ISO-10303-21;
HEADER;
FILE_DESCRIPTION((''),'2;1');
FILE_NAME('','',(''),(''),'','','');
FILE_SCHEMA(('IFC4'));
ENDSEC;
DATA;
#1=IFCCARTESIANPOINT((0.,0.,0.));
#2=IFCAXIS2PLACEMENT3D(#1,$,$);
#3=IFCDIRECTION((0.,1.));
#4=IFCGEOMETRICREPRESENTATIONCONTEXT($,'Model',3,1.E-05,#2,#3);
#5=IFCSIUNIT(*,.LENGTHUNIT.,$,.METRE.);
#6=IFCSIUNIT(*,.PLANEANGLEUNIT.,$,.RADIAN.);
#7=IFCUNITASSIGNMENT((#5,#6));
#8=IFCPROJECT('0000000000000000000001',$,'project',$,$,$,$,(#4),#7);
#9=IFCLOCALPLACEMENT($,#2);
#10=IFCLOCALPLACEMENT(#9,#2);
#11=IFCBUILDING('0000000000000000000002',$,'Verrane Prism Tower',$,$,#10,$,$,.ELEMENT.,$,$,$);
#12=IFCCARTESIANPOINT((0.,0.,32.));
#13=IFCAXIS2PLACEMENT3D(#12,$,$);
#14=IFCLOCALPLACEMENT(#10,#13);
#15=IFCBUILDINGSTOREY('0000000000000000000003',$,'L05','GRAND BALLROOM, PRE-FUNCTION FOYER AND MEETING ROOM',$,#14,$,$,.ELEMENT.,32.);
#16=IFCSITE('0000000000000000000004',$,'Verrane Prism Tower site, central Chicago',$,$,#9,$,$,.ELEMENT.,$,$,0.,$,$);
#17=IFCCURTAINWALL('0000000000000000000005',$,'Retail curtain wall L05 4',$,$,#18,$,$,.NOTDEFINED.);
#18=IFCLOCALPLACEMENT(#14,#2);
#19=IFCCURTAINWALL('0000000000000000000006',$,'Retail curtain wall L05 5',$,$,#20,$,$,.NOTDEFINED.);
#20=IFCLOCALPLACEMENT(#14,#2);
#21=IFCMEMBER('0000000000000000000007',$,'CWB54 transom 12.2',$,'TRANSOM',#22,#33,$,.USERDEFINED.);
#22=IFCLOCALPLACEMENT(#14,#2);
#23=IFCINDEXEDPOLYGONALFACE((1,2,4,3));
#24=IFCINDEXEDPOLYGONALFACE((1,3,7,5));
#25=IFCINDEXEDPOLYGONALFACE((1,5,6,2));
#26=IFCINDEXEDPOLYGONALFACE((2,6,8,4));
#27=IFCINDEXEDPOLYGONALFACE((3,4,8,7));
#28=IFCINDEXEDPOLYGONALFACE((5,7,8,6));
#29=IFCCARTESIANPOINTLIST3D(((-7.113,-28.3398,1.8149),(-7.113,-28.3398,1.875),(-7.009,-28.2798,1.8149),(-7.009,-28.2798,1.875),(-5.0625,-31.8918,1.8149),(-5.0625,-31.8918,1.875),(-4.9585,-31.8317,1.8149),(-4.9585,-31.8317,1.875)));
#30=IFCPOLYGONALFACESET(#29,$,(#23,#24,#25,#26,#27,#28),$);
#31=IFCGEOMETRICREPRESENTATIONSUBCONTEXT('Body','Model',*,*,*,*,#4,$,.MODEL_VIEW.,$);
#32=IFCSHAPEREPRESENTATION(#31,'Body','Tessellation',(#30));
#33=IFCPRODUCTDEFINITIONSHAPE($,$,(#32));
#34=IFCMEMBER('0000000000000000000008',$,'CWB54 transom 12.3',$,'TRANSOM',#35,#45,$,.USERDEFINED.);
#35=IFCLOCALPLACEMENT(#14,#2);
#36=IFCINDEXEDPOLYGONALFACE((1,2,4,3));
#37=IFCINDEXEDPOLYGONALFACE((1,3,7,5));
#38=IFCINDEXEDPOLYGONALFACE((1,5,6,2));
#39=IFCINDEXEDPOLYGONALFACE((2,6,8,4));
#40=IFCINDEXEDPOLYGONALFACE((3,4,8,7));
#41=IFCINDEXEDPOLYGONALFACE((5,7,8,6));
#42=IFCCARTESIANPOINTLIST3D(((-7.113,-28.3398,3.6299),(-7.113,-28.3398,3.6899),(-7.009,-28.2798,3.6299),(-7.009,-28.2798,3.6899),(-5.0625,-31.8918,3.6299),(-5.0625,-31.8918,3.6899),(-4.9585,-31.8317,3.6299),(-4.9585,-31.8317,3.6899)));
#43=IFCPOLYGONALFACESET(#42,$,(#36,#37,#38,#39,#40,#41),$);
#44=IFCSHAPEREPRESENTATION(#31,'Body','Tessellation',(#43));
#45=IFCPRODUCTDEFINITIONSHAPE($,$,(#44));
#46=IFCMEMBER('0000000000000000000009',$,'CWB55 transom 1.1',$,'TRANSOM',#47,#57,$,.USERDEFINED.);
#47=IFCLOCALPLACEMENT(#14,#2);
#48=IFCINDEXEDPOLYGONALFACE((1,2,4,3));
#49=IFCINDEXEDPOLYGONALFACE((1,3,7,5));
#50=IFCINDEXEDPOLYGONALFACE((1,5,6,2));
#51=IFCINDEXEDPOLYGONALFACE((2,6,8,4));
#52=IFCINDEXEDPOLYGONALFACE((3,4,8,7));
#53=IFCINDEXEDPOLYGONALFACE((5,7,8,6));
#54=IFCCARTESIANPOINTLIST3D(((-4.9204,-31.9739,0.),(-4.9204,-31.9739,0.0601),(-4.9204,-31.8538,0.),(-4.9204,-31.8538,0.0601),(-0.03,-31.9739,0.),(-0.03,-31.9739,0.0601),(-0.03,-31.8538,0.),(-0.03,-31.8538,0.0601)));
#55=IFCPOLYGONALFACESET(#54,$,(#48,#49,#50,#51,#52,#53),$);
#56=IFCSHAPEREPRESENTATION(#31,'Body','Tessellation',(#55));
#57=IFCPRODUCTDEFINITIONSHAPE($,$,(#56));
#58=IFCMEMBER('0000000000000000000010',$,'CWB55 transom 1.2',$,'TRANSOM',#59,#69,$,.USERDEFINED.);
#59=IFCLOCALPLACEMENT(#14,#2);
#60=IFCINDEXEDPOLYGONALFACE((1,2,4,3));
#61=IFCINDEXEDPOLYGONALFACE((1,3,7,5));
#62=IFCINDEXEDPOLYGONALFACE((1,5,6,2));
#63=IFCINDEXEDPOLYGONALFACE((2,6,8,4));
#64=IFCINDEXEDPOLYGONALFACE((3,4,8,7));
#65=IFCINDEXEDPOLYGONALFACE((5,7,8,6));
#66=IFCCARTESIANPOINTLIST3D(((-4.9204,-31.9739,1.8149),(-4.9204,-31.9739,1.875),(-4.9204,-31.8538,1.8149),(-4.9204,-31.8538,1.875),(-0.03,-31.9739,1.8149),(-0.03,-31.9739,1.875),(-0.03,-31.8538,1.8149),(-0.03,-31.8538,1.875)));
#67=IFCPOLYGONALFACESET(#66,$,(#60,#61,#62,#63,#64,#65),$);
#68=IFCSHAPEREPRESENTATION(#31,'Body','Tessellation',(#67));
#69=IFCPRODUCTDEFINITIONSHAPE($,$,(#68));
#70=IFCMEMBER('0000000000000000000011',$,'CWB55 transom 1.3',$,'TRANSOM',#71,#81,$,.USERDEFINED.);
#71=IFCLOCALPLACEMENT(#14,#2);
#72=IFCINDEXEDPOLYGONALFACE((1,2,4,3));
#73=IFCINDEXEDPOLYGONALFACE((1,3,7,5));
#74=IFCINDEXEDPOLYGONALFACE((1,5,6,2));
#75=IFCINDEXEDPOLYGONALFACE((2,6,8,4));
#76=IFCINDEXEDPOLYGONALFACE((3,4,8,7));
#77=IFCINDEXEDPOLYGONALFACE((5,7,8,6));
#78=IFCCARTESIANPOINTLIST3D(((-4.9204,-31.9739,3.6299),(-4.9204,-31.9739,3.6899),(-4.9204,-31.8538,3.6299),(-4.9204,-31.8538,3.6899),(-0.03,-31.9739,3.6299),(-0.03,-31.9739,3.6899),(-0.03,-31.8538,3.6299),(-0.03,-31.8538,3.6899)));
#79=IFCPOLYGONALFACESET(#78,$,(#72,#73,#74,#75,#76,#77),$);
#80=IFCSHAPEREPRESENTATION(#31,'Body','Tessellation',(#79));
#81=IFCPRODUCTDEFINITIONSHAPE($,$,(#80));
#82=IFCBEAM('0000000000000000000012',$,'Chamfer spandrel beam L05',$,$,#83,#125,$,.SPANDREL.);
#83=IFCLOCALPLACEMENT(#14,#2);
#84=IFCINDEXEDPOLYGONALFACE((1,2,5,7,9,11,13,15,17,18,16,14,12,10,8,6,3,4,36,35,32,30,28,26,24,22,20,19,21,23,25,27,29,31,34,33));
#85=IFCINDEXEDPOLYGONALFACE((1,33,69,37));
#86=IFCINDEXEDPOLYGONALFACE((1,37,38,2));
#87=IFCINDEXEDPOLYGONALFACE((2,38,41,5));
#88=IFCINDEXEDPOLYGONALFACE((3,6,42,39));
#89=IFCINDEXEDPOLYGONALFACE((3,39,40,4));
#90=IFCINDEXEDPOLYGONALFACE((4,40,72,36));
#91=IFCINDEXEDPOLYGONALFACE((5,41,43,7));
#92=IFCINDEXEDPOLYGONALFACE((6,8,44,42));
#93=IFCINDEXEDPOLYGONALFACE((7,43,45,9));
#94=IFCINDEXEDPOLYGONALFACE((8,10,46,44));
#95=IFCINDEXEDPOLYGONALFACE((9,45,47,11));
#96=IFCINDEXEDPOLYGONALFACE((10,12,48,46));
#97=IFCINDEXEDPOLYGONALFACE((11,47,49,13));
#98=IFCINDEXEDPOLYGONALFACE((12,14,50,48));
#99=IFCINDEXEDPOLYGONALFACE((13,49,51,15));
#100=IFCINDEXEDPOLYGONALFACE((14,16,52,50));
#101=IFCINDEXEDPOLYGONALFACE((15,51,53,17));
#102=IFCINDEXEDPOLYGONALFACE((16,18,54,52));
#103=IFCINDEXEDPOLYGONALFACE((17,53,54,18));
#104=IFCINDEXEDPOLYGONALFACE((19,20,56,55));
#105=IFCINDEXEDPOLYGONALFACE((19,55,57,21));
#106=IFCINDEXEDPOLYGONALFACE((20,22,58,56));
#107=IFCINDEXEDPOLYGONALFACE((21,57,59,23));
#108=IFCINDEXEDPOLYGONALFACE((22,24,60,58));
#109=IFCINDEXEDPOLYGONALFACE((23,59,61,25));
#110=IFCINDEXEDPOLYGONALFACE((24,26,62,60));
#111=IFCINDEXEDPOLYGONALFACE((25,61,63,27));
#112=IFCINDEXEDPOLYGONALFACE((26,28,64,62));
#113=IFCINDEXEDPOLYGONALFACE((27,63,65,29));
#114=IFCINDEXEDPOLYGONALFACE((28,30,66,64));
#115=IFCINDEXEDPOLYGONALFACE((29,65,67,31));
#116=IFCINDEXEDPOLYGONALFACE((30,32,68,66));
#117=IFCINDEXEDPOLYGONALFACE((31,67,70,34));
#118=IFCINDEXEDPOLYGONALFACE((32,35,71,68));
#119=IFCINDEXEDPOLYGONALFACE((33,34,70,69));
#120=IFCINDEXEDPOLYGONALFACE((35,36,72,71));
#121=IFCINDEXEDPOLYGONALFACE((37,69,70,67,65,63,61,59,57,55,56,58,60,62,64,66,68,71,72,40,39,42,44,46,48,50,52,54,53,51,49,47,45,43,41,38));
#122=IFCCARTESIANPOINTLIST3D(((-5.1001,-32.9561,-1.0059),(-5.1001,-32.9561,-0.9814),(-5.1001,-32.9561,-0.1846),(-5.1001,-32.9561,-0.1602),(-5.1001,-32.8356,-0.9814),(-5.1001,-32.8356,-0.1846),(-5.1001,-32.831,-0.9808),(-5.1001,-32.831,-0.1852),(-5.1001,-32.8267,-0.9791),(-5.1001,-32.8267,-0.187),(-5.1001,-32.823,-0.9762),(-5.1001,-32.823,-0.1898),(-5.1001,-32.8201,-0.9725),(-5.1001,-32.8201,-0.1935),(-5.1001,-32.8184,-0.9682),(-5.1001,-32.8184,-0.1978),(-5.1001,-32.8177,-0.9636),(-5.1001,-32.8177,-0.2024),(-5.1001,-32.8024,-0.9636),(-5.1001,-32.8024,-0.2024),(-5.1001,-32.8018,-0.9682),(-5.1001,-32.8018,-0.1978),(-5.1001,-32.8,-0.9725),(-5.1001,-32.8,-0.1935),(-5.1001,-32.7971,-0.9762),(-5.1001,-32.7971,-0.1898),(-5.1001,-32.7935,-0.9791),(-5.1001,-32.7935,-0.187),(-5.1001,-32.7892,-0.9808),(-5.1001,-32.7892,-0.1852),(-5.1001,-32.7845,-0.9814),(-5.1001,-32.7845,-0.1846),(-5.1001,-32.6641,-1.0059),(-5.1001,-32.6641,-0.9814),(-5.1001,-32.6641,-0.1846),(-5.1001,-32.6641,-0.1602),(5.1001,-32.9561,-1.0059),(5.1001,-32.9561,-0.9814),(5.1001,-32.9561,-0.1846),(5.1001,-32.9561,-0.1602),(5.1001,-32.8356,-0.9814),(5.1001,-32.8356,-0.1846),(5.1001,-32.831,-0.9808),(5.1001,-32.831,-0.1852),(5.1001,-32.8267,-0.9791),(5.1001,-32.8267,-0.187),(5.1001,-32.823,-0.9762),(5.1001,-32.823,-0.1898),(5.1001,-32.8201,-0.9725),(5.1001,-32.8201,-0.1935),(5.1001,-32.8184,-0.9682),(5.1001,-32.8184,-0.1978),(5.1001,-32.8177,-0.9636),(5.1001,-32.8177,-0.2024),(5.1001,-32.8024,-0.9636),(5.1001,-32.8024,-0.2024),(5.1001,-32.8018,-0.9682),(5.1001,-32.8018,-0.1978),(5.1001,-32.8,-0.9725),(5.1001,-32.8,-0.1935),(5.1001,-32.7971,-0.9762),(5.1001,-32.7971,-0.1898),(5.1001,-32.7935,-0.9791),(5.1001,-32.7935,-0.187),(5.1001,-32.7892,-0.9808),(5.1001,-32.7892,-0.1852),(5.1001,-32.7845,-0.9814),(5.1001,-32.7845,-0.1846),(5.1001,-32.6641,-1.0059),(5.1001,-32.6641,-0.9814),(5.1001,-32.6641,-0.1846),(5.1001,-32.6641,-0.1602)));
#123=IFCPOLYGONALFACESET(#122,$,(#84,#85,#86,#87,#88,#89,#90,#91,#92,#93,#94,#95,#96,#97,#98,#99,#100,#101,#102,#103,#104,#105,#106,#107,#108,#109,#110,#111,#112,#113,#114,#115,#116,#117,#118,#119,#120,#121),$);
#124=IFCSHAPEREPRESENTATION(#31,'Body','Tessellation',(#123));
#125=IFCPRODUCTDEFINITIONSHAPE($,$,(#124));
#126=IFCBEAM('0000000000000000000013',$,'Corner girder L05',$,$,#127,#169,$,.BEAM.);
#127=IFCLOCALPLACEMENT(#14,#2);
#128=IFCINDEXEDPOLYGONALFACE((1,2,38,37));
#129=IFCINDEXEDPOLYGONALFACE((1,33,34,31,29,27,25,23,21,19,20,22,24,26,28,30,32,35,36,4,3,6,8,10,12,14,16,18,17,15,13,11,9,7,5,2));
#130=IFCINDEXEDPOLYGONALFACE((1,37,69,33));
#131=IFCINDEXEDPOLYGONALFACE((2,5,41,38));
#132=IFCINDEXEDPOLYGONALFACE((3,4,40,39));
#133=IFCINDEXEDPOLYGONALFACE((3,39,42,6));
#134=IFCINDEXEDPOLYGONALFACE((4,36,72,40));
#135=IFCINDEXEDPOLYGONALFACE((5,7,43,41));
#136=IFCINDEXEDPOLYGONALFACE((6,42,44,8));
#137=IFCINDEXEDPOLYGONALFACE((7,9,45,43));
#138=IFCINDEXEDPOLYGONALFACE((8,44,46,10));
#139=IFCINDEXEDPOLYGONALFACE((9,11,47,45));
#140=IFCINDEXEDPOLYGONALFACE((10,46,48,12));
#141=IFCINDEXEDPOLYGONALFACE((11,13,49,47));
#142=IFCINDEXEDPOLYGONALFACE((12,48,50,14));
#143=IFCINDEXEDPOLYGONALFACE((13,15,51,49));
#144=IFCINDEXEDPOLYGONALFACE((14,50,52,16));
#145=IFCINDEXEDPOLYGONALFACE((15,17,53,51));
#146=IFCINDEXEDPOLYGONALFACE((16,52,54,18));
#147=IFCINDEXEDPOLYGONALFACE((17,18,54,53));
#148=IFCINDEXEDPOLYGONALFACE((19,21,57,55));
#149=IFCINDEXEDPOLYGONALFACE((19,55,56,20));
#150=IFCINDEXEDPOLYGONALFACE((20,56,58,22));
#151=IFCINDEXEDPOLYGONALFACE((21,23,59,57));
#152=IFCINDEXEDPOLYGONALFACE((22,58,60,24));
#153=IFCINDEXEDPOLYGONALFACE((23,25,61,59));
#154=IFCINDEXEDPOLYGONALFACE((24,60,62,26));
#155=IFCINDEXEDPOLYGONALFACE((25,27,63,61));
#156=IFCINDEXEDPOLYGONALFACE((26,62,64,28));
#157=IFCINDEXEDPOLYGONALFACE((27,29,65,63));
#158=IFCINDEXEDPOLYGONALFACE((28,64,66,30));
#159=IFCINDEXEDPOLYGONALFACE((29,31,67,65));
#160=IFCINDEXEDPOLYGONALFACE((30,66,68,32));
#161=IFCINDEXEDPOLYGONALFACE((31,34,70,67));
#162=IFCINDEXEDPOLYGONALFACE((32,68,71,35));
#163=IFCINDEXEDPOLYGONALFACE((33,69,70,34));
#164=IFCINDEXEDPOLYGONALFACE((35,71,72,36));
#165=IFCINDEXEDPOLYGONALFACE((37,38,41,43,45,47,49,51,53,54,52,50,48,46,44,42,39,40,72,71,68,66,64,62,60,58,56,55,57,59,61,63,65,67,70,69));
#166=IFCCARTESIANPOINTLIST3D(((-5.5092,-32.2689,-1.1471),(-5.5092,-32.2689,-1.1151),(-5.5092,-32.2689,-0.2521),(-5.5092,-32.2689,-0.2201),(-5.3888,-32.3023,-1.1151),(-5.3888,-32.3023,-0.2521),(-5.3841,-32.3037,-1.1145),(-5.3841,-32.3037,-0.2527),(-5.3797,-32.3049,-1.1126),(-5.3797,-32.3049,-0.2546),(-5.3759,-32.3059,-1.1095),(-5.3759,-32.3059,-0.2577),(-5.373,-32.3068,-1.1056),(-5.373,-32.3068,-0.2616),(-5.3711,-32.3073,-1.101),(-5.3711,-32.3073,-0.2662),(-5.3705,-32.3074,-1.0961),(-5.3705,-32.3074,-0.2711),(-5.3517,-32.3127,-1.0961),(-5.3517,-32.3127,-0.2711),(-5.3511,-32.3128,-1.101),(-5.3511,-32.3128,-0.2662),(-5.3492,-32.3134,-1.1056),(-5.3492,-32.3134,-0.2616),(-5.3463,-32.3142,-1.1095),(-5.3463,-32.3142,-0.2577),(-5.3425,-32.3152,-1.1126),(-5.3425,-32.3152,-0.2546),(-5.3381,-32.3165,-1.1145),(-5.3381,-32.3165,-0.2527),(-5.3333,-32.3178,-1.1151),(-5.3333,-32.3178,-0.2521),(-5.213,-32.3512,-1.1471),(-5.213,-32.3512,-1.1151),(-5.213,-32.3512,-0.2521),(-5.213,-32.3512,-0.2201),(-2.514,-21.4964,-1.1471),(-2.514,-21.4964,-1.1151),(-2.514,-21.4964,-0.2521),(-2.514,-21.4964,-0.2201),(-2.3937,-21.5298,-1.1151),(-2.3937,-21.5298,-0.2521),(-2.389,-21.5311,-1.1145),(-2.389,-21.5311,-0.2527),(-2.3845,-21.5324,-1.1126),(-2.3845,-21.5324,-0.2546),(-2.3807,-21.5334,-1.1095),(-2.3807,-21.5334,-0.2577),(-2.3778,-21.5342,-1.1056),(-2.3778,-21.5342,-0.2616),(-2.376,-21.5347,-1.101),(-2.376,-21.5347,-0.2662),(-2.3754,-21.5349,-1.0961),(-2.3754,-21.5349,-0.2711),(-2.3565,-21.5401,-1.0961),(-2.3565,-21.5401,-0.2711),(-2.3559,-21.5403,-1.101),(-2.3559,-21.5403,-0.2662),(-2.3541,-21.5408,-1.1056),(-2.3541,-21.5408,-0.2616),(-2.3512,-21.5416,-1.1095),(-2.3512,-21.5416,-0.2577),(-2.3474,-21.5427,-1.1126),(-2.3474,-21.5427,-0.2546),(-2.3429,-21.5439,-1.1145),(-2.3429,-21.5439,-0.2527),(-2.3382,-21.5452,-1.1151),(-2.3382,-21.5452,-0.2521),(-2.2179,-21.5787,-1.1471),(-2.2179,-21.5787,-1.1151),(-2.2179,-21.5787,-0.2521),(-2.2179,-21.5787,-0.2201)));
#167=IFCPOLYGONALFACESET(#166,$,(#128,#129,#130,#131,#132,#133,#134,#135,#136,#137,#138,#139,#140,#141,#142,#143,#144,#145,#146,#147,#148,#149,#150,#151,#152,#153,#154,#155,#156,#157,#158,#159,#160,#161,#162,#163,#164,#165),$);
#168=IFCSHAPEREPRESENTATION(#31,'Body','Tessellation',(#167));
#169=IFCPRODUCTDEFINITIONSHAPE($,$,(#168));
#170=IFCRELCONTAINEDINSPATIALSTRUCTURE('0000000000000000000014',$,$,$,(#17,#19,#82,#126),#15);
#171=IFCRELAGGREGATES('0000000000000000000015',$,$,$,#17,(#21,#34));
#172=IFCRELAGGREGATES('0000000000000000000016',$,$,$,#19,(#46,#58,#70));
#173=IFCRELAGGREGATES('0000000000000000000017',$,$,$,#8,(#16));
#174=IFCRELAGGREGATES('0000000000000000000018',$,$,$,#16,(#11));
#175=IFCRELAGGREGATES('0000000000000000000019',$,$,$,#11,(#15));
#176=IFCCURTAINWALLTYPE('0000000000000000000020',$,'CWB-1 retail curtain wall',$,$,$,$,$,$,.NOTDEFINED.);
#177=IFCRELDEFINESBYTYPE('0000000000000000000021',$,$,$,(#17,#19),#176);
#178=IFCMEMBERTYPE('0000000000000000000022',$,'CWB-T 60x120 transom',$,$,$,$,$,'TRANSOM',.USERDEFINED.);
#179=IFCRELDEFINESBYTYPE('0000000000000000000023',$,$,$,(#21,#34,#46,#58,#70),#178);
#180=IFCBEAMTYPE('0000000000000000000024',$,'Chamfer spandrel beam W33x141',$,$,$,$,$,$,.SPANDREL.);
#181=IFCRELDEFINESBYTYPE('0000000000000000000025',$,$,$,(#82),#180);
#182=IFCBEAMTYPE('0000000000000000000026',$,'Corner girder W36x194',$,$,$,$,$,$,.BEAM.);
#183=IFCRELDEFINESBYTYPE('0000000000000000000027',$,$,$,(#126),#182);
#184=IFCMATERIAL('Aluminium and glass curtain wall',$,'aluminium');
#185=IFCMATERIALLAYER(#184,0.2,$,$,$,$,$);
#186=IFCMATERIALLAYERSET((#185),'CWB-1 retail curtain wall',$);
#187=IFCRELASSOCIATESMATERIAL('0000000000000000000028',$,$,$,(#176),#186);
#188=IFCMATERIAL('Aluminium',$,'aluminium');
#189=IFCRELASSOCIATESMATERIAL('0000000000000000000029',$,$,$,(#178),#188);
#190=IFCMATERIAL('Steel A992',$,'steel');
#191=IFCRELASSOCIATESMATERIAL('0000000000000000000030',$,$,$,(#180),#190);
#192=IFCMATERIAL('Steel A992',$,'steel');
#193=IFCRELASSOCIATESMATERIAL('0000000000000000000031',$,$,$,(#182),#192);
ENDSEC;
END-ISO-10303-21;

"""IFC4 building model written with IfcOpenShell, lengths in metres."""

from ifc_helpers import new_model, si_unit, direction, frame, origin, origin_2d, place, context, subcontext, project, spatial, rectangle, i_section, extrude, material, layer, layer_set, material_profile, profile_set, type_object, element, aggregate, save


model = new_model("IFC4")

# Units and contexts
model_context = context("Model", 3, precision=1e-05, world=origin(), true_north=direction((0.0, 1.0)))
body_context = subcontext(model_context, "Body", "Model", "MODEL_VIEW")
ifc_project = project(units=[si_unit("LENGTHUNIT", "METRE"), si_unit("PLANEANGLEUNIT", "RADIAN")], contexts=[model_context])

# Site, building, storey
site_placement = place(None, origin())
site = spatial("IfcSite", under=ifc_project, at=site_placement, Name="Verrane Prism Tower site, central Chicago", CompositionType="ELEMENT", RefElevation=0.0)
building_placement = place(site_placement, origin())
building = spatial("IfcBuilding", under=site, at=building_placement, Name="Verrane Prism Tower", CompositionType="ELEMENT")
storey_placement = place(building_placement, frame((0.0, 0.0, 32.0)))
storey = spatial("IfcBuildingStorey", under=building, at=storey_placement, Name="L05", Description="GRAND BALLROOM, PRE-FUNCTION FOYER AND MEETING ROOM", CompositionType="ELEMENT", Elevation=32.0)

# Curtain walls
ifc_material_1 = material(Name="Aluminium and glass curtain wall", Category="aluminium")
ifc_layer_1 = layer(ifc_material_1, 0.2)
ifc_layer_set_1 = layer_set([ifc_layer_1], Name="CWB-1 retail curtain wall")
curtain_wall_type = type_object("IfcCurtainWallType", Name="CWB-1 retail curtain wall", PredefinedType="NOTDEFINED", material=ifc_layer_set_1)
curtain_wall_1_placement = place(storey_placement, origin())
curtain_wall_1 = element("IfcCurtainWall", 1, at=curtain_wall_1_placement, inside=storey, type_object=curtain_wall_type, Name="Retail curtain wall L05 4", PredefinedType="NOTDEFINED")
curtain_wall_2_placement = place(storey_placement, origin())
curtain_wall_2 = element("IfcCurtainWall", 2, at=curtain_wall_2_placement, inside=storey, type_object=curtain_wall_type, Name="Retail curtain wall L05 5", PredefinedType="NOTDEFINED")

# Members
ifc_material_2 = material(Name="Aluminium", Category="aluminium")
ifc_material_profile_1 = material_profile(ifc_material_2, rectangle(XDim=0.1201, YDim=0.0601, at=origin_2d()), Name="CWB-T 60x120 transom")
ifc_profile_set_1 = profile_set([ifc_material_profile_1], Name="Aluminium")
member_type_1 = type_object("IfcMemberType", Name="CWB-T 60x120 transom", ElementType="TRANSOM", PredefinedType="USERDEFINED", material=ifc_profile_set_1)
member_1_placement = place(storey_placement, frame((-7.061, -28.3098, 1.845), z_axis=(0.499961, -0.866048, 0.0), x_axis=(0.866048, 0.499961, 0.0)))
member_1 = element("IfcMember", 3, at=member_1_placement, type_object=member_type_1, Name="CWB54 transom 12.2", ObjectType="TRANSOM", PredefinedType="USERDEFINED", context=body_context, shape_type="SweptSolid", body=[
    extrude(rectangle(XDim=0.1201, YDim=0.0601, at=origin_2d()), origin(), (0.0, 0.0, 1.0), 4.1013),
])
member_2_placement = place(storey_placement, frame((-7.061, -28.3098, 3.6599), z_axis=(0.499961, -0.866048, 0.0), x_axis=(0.866048, 0.499961, 0.0)))
member_2 = element("IfcMember", 4, at=member_2_placement, type_object=member_type_1, Name="CWB54 transom 12.3", ObjectType="TRANSOM", PredefinedType="USERDEFINED", context=body_context, shape_type="SweptSolid", body=[
    extrude(rectangle(XDim=0.1201, YDim=0.0601, at=origin_2d()), origin(), (0.0, 0.0, 1.0), 4.1013),
])
member_3_placement = place(storey_placement, frame((-4.9204, -31.9138, 0.03), z_axis=(1.0, 0.0, 0.0), x_axis=(0.0, 1.0, 0.0)))
member_3 = element("IfcMember", 5, at=member_3_placement, type_object=member_type_1, Name="CWB55 transom 1.1", ObjectType="TRANSOM", PredefinedType="USERDEFINED", context=body_context, shape_type="SweptSolid", body=[
    extrude(rectangle(XDim=0.1201, YDim=0.0601, at=origin_2d()), origin(), (0.0, 0.0, 1.0), 4.8904),
])
member_4_placement = place(storey_placement, frame((-4.9204, -31.9138, 1.845), z_axis=(1.0, 0.0, 0.0), x_axis=(0.0, 1.0, 0.0)))
member_4 = element("IfcMember", 6, at=member_4_placement, type_object=member_type_1, Name="CWB55 transom 1.2", ObjectType="TRANSOM", PredefinedType="USERDEFINED", context=body_context, shape_type="SweptSolid", body=[
    extrude(rectangle(XDim=0.1201, YDim=0.0601, at=origin_2d()), origin(), (0.0, 0.0, 1.0), 4.8904),
])
member_5_placement = place(storey_placement, frame((-4.9204, -31.9138, 3.6599), z_axis=(1.0, 0.0, 0.0), x_axis=(0.0, 1.0, 0.0)))
member_5 = element("IfcMember", 7, at=member_5_placement, type_object=member_type_1, Name="CWB55 transom 1.3", ObjectType="TRANSOM", PredefinedType="USERDEFINED", context=body_context, shape_type="SweptSolid", body=[
    extrude(rectangle(XDim=0.1201, YDim=0.0601, at=origin_2d()), origin(), (0.0, 0.0, 1.0), 4.8904),
])

# Beams
ifc_material_3 = material(Name="Steel A992", Category="steel")
ifc_material_profile_2 = material_profile(ifc_material_3, i_section(OverallWidth=0.292, OverallDepth=0.8457, WebThickness=0.0154, FlangeThickness=0.0244, FilletRadius=0.0178, at=origin_2d()), Name="W33x141")
ifc_profile_set_2 = profile_set([ifc_material_profile_2], Name="Steel A992")
beam_type_1 = type_object("IfcBeamType", Name="Chamfer spandrel beam W33x141", PredefinedType="SPANDREL", material=ifc_profile_set_2)
beam_1_placement = place(storey_placement, frame((-5.1001, -32.8101, -0.583), z_axis=(1.0, 0.0, 0.0), x_axis=(0.0, 1.0, 0.0)))
element("IfcBeam", 8, at=beam_1_placement, inside=storey, type_object=beam_type_1, Name="Chamfer spandrel beam L05", PredefinedType="SPANDREL", context=body_context, shape_type="SweptSolid", body=[
    extrude(i_section(OverallWidth=0.292, OverallDepth=0.8457, WebThickness=0.0154, FlangeThickness=0.0244, FilletRadius=0.0178, at=origin_2d()), origin(), (0.0, 0.0, 1.0), 10.2002),
])
ifc_material_4 = material(Name="Steel A992", Category="steel")
ifc_material_profile_3 = material_profile(ifc_material_4, i_section(OverallWidth=0.3074, OverallDepth=0.927, WebThickness=0.0195, FlangeThickness=0.032, FilletRadius=0.019, at=origin_2d()), Name="W36x194")
ifc_profile_set_3 = profile_set([ifc_material_profile_3], Name="Steel A992")
beam_type_2 = type_object("IfcBeamType", Name="Corner girder W36x194", PredefinedType="BEAM", material=ifc_profile_set_3)
beam_2_placement = place(storey_placement, frame((-5.3611, -32.3101, -0.6836), z_axis=(0.267874, 0.963454, 0.0), x_axis=(-0.963454, 0.267874, 0.0)))
element("IfcBeam", 9, at=beam_2_placement, inside=storey, type_object=beam_type_2, Name="Corner girder L05", PredefinedType="BEAM", context=body_context, shape_type="SweptSolid", body=[
    extrude(i_section(OverallWidth=0.3074, OverallDepth=0.927, WebThickness=0.0195, FlangeThickness=0.032, FilletRadius=0.019, at=origin_2d()), origin(), (0.0, 0.0, 1.0), 11.1812),
])

aggregate(curtain_wall_1, [member_1, member_2])
aggregate(curtain_wall_2, [member_3, member_4, member_5])

save(model, "model.ifc")
